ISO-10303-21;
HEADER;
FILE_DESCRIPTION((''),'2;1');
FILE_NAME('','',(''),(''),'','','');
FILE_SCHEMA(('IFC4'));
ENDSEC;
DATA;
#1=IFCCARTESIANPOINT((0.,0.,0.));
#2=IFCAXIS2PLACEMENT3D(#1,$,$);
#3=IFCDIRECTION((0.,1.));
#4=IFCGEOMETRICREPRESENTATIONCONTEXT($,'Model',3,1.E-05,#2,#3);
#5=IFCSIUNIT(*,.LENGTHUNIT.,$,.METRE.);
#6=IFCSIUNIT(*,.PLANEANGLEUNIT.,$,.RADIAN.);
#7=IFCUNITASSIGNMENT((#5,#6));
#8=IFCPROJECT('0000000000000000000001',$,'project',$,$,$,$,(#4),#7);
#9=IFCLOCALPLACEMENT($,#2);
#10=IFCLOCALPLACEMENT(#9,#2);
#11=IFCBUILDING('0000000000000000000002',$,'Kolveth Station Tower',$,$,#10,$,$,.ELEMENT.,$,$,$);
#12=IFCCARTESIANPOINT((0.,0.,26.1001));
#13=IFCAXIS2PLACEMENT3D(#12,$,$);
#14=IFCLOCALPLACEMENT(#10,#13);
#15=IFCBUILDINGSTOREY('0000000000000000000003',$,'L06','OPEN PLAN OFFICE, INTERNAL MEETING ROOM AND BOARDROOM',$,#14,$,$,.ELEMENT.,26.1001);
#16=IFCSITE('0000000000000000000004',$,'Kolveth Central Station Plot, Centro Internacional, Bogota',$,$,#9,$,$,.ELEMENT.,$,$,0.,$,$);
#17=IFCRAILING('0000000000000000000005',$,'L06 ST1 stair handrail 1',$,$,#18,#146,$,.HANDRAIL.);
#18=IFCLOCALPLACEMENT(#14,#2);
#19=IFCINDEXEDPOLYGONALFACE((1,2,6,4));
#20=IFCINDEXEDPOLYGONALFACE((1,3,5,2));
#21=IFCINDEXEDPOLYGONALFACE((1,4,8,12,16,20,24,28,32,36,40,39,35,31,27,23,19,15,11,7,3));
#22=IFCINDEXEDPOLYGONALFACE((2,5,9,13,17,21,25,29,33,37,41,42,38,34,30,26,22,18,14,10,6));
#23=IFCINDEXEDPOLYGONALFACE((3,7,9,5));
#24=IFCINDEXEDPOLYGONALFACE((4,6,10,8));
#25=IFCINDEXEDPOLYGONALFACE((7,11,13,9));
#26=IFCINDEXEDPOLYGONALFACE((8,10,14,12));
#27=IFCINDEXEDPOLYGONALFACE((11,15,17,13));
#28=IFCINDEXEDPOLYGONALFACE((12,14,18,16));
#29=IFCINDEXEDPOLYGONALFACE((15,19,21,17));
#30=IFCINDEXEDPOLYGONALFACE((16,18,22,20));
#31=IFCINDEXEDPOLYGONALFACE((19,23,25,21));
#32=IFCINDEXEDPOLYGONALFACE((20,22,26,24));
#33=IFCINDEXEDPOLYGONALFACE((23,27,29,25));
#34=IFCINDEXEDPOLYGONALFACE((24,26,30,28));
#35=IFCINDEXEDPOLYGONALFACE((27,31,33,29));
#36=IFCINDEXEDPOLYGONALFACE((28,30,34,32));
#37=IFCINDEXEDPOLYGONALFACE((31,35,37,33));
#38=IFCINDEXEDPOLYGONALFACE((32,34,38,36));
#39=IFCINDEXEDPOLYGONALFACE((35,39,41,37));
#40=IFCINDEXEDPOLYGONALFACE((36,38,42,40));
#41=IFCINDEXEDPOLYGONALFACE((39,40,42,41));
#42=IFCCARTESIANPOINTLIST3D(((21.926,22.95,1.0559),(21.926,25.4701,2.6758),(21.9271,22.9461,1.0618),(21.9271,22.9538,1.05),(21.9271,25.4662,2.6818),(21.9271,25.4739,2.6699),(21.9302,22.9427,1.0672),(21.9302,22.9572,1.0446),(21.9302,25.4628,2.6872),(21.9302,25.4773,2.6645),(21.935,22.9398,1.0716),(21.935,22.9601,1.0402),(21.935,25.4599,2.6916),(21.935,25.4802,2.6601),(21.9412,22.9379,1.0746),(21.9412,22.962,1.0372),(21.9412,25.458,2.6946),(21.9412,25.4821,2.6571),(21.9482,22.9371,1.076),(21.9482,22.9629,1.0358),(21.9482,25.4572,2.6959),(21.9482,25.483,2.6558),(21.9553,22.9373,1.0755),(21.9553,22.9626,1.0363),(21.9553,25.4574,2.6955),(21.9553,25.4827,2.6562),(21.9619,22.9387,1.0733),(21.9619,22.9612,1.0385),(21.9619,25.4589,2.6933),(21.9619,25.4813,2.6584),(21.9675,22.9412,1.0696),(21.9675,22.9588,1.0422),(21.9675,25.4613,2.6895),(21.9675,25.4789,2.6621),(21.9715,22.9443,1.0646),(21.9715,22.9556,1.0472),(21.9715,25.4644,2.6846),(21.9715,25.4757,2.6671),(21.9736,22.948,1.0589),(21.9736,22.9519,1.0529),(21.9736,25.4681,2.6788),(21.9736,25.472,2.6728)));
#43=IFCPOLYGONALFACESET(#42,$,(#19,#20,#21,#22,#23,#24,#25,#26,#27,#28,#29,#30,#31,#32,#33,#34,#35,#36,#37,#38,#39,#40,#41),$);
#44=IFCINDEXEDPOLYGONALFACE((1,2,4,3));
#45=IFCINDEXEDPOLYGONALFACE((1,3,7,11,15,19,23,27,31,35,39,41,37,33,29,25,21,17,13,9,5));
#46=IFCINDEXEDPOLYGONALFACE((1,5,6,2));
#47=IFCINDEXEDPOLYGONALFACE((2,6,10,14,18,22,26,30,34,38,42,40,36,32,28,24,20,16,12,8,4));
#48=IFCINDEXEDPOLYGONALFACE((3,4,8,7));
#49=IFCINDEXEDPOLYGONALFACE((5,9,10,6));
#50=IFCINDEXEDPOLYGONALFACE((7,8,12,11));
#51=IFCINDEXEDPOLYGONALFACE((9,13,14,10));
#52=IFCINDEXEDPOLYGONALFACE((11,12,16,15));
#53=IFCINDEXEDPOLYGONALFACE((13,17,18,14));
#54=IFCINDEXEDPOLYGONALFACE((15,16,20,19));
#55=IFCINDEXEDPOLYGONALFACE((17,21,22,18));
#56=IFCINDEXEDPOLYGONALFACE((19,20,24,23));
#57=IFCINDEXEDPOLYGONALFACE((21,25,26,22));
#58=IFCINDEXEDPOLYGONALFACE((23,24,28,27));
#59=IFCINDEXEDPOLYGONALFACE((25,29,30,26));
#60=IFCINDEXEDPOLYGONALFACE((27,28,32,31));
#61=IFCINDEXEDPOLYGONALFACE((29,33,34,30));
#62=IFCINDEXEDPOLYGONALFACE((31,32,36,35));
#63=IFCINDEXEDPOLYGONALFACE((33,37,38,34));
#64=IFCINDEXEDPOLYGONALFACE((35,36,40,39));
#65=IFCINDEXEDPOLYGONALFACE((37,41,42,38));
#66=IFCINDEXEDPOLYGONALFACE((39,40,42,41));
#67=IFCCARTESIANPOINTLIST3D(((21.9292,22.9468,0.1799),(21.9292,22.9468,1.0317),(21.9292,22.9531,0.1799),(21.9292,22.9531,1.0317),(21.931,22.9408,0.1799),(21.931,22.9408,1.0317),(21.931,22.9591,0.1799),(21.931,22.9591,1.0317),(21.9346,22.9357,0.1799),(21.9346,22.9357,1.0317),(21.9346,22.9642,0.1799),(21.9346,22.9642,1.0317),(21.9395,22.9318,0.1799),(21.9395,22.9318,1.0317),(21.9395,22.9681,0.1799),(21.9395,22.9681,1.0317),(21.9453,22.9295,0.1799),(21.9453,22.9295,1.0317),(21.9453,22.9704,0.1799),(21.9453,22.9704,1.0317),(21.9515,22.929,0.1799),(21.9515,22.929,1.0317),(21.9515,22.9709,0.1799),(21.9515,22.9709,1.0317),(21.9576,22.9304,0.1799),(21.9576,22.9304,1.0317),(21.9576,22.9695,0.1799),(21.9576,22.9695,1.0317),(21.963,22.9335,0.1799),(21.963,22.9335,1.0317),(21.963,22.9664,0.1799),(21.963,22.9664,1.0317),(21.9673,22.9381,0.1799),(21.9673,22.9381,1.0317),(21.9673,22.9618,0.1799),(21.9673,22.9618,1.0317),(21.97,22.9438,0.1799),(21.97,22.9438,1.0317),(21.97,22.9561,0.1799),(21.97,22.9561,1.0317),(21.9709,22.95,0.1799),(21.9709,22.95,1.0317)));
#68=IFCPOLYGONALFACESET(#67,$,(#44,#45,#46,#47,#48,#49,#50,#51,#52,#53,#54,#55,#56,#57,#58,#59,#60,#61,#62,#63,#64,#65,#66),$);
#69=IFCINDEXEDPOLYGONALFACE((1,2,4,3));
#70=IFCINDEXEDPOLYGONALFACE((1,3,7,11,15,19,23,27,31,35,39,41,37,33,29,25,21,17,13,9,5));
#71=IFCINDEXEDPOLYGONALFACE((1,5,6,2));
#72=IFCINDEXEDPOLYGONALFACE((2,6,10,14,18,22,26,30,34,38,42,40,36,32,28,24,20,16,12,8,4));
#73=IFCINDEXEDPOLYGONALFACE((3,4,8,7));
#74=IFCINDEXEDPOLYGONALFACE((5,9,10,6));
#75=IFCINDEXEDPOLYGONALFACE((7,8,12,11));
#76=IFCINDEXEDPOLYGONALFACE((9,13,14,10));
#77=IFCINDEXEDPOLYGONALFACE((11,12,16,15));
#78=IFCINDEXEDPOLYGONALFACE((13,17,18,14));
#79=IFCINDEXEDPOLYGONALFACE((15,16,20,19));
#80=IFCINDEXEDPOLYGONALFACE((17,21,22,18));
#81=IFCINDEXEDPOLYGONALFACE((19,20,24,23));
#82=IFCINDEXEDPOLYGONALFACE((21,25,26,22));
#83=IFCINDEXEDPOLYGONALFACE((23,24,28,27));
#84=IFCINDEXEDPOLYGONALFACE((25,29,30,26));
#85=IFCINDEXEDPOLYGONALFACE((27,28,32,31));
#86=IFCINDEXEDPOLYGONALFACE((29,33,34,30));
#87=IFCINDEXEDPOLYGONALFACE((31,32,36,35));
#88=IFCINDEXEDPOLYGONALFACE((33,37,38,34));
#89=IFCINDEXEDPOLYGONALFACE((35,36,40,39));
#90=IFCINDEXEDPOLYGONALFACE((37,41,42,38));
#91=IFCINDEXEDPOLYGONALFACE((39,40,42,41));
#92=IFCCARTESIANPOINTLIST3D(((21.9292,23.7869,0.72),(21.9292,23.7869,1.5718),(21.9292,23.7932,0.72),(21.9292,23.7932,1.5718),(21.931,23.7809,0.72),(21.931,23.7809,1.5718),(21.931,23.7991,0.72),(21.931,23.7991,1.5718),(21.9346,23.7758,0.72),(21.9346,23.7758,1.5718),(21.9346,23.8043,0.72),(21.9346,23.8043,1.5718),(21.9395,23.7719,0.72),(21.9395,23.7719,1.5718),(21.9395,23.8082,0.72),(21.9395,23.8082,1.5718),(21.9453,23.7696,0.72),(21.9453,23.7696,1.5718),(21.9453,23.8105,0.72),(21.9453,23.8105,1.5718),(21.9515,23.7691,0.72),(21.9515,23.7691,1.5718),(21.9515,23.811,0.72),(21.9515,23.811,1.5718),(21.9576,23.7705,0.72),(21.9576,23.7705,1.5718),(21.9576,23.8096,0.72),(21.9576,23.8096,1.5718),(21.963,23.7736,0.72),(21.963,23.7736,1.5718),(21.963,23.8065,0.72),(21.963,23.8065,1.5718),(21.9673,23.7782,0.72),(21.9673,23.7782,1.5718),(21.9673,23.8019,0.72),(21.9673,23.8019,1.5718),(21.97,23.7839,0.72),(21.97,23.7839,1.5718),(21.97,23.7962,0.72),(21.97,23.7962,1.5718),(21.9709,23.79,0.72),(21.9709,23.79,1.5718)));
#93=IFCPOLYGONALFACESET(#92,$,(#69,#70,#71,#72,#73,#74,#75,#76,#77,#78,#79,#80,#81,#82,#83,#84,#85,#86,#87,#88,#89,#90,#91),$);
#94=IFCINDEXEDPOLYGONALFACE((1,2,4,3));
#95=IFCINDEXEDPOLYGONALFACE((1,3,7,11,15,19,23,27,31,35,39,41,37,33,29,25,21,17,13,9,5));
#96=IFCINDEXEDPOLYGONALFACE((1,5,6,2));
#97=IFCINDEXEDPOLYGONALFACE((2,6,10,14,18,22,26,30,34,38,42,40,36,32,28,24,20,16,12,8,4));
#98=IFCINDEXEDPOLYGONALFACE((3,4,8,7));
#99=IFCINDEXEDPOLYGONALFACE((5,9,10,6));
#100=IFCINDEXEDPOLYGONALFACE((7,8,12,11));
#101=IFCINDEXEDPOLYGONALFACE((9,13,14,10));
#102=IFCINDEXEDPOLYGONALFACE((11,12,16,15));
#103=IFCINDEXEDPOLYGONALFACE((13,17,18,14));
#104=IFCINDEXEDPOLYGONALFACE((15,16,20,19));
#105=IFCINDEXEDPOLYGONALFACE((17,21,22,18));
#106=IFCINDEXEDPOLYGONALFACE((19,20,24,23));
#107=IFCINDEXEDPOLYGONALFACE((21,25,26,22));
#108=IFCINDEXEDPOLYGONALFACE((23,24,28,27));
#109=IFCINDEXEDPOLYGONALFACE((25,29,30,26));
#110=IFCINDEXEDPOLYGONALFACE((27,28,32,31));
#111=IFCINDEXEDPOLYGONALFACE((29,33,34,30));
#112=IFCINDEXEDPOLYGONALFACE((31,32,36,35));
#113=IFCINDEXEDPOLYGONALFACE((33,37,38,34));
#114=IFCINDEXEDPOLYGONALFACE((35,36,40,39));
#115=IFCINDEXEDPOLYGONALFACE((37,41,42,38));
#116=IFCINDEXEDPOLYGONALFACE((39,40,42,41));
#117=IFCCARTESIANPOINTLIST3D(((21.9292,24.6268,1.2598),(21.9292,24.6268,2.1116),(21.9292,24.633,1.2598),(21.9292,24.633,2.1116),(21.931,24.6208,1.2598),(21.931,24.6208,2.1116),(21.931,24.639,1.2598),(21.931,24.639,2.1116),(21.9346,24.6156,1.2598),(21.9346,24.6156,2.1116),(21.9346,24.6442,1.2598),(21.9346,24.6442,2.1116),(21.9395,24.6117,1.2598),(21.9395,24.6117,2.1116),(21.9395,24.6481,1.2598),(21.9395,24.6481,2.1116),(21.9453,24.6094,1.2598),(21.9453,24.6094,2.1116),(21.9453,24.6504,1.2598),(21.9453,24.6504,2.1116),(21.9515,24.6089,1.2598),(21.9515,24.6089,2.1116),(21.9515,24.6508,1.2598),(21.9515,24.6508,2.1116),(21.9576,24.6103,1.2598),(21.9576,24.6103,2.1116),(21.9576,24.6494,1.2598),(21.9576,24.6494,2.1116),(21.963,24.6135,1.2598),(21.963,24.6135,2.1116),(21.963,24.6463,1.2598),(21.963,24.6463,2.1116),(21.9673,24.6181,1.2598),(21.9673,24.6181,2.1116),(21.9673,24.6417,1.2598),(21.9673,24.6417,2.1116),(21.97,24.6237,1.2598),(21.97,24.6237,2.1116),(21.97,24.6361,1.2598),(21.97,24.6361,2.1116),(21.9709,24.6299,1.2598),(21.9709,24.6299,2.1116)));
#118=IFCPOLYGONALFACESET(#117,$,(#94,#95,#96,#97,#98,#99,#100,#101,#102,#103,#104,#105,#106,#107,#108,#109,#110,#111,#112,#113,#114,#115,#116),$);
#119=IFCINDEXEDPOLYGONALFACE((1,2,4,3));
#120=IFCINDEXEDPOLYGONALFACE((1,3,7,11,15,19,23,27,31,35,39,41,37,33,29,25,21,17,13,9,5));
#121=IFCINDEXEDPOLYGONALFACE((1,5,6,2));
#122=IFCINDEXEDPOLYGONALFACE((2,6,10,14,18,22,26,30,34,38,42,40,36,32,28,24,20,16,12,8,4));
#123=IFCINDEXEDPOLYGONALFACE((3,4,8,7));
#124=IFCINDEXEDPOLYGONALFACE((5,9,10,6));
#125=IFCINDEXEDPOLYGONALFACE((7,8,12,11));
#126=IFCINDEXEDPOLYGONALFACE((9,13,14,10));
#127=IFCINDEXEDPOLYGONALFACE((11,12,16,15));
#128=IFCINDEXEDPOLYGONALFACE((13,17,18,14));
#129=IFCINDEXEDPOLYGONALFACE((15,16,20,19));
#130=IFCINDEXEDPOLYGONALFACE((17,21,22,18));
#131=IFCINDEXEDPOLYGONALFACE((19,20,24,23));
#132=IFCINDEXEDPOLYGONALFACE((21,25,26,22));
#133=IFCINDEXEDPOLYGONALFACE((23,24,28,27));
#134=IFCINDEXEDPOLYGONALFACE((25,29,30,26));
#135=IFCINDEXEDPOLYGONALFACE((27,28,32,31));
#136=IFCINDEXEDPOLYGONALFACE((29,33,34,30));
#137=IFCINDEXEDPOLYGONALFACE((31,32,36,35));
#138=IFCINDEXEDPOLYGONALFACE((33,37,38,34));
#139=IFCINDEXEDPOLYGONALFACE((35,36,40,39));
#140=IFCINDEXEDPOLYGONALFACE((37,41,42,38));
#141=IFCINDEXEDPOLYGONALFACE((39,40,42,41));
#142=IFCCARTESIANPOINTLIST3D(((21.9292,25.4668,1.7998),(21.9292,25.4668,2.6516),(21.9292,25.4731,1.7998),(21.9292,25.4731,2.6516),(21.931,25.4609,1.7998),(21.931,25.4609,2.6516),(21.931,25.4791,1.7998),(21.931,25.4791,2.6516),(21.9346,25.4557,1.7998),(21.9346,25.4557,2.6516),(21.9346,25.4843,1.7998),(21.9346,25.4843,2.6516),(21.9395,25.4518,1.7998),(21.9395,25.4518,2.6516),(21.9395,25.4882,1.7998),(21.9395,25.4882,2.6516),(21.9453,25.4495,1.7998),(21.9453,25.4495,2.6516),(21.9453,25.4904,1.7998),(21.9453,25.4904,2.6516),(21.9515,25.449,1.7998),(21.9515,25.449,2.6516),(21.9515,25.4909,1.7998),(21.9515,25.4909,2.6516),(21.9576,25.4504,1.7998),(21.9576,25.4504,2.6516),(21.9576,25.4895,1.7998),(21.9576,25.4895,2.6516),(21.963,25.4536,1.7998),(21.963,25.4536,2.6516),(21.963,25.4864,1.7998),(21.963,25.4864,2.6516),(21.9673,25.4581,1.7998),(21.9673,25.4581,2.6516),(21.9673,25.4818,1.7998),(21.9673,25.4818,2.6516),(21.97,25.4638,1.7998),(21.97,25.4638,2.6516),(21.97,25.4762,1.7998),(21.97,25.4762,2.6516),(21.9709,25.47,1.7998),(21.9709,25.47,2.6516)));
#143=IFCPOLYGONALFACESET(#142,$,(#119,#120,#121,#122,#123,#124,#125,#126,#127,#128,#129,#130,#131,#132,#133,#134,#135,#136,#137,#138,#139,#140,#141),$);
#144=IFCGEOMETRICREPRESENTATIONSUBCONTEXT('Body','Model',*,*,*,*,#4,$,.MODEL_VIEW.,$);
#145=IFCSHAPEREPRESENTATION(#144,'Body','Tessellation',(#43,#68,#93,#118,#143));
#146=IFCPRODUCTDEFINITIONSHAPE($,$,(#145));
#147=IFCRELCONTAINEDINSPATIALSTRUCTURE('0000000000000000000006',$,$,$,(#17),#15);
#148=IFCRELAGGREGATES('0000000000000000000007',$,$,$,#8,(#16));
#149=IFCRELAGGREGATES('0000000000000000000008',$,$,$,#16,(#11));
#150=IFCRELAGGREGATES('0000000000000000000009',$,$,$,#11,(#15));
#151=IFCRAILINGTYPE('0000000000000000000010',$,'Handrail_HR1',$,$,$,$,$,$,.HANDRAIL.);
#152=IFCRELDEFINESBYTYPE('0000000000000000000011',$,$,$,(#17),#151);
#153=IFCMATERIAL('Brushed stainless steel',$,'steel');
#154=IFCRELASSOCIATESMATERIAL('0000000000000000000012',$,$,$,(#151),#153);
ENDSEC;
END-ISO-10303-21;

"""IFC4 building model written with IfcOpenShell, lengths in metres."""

from ifc_helpers import new_model, si_unit, direction, frame, origin, origin_2d, place, context, subcontext, project, spatial, circle, extrude, material, type_object, element, save


model = new_model("IFC4")

# Units and contexts
model_context = context("Model", 3, precision=1e-05, world=origin(), true_north=direction((0.0, 1.0)))
body_context = subcontext(model_context, "Body", "Model", "MODEL_VIEW")
ifc_project = project(units=[si_unit("LENGTHUNIT", "METRE"), si_unit("PLANEANGLEUNIT", "RADIAN")], contexts=[model_context])

# Site, building, storey
site_placement = place(None, origin())
site = spatial("IfcSite", under=ifc_project, at=site_placement, Name="Kolveth Central Station Plot, Centro Internacional, Bogota", CompositionType="ELEMENT", RefElevation=0.0)
building_placement = place(site_placement, origin())
building = spatial("IfcBuilding", under=site, at=building_placement, Name="Kolveth Station Tower", CompositionType="ELEMENT")
storey_placement = place(building_placement, frame((0.0, 0.0, 26.1001)))
storey = spatial("IfcBuildingStorey", under=building, at=storey_placement, Name="L06", Description="OPEN PLAN OFFICE, INTERNAL MEETING ROOM AND BOARDROOM", CompositionType="ELEMENT", Elevation=26.1001)

# Railing
ifc_material_1 = material(Name="Brushed stainless steel", Category="steel")
railing_type_1 = type_object("IfcRailingType", Name="Handrail_HR1", PredefinedType="HANDRAIL", material=ifc_material_1)
railing_1_placement = place(storey_placement, frame((21.95, 22.95, 0.1799)))
element("IfcRailing", 1, at=railing_1_placement, inside=storey, type_object=railing_type_1, Name="L06 ST1 stair handrail 1", PredefinedType="HANDRAIL", context=body_context, shape_type="SweptSolid", body=[
    extrude(circle(Radius=0.0239, at=origin_2d()), frame((0.0, 0.0, 0.876), z_axis=(0.0, 0.8412, 0.540725), x_axis=(-1.0, 0.0, 0.0)), (0.0, 0.0, 1.0), 2.9958),
    extrude(circle(Radius=0.021, at=origin_2d()), origin(), (0.0, 0.0, 1.0), 0.8518),
    extrude(circle(Radius=0.021, at=origin_2d()), frame((0.0, 0.8401, 0.54)), (0.0, 0.0, 1.0), 0.8518),
    extrude(circle(Radius=0.021, at=origin_2d()), frame((0.0, 1.6799, 1.0798)), (0.0, 0.0, 1.0), 0.8518),
    extrude(circle(Radius=0.021, at=origin_2d()), frame((0.0, 2.52, 1.6199)), (0.0, 0.0, 1.0), 0.8518),
])

save(model, "model.ifc")
